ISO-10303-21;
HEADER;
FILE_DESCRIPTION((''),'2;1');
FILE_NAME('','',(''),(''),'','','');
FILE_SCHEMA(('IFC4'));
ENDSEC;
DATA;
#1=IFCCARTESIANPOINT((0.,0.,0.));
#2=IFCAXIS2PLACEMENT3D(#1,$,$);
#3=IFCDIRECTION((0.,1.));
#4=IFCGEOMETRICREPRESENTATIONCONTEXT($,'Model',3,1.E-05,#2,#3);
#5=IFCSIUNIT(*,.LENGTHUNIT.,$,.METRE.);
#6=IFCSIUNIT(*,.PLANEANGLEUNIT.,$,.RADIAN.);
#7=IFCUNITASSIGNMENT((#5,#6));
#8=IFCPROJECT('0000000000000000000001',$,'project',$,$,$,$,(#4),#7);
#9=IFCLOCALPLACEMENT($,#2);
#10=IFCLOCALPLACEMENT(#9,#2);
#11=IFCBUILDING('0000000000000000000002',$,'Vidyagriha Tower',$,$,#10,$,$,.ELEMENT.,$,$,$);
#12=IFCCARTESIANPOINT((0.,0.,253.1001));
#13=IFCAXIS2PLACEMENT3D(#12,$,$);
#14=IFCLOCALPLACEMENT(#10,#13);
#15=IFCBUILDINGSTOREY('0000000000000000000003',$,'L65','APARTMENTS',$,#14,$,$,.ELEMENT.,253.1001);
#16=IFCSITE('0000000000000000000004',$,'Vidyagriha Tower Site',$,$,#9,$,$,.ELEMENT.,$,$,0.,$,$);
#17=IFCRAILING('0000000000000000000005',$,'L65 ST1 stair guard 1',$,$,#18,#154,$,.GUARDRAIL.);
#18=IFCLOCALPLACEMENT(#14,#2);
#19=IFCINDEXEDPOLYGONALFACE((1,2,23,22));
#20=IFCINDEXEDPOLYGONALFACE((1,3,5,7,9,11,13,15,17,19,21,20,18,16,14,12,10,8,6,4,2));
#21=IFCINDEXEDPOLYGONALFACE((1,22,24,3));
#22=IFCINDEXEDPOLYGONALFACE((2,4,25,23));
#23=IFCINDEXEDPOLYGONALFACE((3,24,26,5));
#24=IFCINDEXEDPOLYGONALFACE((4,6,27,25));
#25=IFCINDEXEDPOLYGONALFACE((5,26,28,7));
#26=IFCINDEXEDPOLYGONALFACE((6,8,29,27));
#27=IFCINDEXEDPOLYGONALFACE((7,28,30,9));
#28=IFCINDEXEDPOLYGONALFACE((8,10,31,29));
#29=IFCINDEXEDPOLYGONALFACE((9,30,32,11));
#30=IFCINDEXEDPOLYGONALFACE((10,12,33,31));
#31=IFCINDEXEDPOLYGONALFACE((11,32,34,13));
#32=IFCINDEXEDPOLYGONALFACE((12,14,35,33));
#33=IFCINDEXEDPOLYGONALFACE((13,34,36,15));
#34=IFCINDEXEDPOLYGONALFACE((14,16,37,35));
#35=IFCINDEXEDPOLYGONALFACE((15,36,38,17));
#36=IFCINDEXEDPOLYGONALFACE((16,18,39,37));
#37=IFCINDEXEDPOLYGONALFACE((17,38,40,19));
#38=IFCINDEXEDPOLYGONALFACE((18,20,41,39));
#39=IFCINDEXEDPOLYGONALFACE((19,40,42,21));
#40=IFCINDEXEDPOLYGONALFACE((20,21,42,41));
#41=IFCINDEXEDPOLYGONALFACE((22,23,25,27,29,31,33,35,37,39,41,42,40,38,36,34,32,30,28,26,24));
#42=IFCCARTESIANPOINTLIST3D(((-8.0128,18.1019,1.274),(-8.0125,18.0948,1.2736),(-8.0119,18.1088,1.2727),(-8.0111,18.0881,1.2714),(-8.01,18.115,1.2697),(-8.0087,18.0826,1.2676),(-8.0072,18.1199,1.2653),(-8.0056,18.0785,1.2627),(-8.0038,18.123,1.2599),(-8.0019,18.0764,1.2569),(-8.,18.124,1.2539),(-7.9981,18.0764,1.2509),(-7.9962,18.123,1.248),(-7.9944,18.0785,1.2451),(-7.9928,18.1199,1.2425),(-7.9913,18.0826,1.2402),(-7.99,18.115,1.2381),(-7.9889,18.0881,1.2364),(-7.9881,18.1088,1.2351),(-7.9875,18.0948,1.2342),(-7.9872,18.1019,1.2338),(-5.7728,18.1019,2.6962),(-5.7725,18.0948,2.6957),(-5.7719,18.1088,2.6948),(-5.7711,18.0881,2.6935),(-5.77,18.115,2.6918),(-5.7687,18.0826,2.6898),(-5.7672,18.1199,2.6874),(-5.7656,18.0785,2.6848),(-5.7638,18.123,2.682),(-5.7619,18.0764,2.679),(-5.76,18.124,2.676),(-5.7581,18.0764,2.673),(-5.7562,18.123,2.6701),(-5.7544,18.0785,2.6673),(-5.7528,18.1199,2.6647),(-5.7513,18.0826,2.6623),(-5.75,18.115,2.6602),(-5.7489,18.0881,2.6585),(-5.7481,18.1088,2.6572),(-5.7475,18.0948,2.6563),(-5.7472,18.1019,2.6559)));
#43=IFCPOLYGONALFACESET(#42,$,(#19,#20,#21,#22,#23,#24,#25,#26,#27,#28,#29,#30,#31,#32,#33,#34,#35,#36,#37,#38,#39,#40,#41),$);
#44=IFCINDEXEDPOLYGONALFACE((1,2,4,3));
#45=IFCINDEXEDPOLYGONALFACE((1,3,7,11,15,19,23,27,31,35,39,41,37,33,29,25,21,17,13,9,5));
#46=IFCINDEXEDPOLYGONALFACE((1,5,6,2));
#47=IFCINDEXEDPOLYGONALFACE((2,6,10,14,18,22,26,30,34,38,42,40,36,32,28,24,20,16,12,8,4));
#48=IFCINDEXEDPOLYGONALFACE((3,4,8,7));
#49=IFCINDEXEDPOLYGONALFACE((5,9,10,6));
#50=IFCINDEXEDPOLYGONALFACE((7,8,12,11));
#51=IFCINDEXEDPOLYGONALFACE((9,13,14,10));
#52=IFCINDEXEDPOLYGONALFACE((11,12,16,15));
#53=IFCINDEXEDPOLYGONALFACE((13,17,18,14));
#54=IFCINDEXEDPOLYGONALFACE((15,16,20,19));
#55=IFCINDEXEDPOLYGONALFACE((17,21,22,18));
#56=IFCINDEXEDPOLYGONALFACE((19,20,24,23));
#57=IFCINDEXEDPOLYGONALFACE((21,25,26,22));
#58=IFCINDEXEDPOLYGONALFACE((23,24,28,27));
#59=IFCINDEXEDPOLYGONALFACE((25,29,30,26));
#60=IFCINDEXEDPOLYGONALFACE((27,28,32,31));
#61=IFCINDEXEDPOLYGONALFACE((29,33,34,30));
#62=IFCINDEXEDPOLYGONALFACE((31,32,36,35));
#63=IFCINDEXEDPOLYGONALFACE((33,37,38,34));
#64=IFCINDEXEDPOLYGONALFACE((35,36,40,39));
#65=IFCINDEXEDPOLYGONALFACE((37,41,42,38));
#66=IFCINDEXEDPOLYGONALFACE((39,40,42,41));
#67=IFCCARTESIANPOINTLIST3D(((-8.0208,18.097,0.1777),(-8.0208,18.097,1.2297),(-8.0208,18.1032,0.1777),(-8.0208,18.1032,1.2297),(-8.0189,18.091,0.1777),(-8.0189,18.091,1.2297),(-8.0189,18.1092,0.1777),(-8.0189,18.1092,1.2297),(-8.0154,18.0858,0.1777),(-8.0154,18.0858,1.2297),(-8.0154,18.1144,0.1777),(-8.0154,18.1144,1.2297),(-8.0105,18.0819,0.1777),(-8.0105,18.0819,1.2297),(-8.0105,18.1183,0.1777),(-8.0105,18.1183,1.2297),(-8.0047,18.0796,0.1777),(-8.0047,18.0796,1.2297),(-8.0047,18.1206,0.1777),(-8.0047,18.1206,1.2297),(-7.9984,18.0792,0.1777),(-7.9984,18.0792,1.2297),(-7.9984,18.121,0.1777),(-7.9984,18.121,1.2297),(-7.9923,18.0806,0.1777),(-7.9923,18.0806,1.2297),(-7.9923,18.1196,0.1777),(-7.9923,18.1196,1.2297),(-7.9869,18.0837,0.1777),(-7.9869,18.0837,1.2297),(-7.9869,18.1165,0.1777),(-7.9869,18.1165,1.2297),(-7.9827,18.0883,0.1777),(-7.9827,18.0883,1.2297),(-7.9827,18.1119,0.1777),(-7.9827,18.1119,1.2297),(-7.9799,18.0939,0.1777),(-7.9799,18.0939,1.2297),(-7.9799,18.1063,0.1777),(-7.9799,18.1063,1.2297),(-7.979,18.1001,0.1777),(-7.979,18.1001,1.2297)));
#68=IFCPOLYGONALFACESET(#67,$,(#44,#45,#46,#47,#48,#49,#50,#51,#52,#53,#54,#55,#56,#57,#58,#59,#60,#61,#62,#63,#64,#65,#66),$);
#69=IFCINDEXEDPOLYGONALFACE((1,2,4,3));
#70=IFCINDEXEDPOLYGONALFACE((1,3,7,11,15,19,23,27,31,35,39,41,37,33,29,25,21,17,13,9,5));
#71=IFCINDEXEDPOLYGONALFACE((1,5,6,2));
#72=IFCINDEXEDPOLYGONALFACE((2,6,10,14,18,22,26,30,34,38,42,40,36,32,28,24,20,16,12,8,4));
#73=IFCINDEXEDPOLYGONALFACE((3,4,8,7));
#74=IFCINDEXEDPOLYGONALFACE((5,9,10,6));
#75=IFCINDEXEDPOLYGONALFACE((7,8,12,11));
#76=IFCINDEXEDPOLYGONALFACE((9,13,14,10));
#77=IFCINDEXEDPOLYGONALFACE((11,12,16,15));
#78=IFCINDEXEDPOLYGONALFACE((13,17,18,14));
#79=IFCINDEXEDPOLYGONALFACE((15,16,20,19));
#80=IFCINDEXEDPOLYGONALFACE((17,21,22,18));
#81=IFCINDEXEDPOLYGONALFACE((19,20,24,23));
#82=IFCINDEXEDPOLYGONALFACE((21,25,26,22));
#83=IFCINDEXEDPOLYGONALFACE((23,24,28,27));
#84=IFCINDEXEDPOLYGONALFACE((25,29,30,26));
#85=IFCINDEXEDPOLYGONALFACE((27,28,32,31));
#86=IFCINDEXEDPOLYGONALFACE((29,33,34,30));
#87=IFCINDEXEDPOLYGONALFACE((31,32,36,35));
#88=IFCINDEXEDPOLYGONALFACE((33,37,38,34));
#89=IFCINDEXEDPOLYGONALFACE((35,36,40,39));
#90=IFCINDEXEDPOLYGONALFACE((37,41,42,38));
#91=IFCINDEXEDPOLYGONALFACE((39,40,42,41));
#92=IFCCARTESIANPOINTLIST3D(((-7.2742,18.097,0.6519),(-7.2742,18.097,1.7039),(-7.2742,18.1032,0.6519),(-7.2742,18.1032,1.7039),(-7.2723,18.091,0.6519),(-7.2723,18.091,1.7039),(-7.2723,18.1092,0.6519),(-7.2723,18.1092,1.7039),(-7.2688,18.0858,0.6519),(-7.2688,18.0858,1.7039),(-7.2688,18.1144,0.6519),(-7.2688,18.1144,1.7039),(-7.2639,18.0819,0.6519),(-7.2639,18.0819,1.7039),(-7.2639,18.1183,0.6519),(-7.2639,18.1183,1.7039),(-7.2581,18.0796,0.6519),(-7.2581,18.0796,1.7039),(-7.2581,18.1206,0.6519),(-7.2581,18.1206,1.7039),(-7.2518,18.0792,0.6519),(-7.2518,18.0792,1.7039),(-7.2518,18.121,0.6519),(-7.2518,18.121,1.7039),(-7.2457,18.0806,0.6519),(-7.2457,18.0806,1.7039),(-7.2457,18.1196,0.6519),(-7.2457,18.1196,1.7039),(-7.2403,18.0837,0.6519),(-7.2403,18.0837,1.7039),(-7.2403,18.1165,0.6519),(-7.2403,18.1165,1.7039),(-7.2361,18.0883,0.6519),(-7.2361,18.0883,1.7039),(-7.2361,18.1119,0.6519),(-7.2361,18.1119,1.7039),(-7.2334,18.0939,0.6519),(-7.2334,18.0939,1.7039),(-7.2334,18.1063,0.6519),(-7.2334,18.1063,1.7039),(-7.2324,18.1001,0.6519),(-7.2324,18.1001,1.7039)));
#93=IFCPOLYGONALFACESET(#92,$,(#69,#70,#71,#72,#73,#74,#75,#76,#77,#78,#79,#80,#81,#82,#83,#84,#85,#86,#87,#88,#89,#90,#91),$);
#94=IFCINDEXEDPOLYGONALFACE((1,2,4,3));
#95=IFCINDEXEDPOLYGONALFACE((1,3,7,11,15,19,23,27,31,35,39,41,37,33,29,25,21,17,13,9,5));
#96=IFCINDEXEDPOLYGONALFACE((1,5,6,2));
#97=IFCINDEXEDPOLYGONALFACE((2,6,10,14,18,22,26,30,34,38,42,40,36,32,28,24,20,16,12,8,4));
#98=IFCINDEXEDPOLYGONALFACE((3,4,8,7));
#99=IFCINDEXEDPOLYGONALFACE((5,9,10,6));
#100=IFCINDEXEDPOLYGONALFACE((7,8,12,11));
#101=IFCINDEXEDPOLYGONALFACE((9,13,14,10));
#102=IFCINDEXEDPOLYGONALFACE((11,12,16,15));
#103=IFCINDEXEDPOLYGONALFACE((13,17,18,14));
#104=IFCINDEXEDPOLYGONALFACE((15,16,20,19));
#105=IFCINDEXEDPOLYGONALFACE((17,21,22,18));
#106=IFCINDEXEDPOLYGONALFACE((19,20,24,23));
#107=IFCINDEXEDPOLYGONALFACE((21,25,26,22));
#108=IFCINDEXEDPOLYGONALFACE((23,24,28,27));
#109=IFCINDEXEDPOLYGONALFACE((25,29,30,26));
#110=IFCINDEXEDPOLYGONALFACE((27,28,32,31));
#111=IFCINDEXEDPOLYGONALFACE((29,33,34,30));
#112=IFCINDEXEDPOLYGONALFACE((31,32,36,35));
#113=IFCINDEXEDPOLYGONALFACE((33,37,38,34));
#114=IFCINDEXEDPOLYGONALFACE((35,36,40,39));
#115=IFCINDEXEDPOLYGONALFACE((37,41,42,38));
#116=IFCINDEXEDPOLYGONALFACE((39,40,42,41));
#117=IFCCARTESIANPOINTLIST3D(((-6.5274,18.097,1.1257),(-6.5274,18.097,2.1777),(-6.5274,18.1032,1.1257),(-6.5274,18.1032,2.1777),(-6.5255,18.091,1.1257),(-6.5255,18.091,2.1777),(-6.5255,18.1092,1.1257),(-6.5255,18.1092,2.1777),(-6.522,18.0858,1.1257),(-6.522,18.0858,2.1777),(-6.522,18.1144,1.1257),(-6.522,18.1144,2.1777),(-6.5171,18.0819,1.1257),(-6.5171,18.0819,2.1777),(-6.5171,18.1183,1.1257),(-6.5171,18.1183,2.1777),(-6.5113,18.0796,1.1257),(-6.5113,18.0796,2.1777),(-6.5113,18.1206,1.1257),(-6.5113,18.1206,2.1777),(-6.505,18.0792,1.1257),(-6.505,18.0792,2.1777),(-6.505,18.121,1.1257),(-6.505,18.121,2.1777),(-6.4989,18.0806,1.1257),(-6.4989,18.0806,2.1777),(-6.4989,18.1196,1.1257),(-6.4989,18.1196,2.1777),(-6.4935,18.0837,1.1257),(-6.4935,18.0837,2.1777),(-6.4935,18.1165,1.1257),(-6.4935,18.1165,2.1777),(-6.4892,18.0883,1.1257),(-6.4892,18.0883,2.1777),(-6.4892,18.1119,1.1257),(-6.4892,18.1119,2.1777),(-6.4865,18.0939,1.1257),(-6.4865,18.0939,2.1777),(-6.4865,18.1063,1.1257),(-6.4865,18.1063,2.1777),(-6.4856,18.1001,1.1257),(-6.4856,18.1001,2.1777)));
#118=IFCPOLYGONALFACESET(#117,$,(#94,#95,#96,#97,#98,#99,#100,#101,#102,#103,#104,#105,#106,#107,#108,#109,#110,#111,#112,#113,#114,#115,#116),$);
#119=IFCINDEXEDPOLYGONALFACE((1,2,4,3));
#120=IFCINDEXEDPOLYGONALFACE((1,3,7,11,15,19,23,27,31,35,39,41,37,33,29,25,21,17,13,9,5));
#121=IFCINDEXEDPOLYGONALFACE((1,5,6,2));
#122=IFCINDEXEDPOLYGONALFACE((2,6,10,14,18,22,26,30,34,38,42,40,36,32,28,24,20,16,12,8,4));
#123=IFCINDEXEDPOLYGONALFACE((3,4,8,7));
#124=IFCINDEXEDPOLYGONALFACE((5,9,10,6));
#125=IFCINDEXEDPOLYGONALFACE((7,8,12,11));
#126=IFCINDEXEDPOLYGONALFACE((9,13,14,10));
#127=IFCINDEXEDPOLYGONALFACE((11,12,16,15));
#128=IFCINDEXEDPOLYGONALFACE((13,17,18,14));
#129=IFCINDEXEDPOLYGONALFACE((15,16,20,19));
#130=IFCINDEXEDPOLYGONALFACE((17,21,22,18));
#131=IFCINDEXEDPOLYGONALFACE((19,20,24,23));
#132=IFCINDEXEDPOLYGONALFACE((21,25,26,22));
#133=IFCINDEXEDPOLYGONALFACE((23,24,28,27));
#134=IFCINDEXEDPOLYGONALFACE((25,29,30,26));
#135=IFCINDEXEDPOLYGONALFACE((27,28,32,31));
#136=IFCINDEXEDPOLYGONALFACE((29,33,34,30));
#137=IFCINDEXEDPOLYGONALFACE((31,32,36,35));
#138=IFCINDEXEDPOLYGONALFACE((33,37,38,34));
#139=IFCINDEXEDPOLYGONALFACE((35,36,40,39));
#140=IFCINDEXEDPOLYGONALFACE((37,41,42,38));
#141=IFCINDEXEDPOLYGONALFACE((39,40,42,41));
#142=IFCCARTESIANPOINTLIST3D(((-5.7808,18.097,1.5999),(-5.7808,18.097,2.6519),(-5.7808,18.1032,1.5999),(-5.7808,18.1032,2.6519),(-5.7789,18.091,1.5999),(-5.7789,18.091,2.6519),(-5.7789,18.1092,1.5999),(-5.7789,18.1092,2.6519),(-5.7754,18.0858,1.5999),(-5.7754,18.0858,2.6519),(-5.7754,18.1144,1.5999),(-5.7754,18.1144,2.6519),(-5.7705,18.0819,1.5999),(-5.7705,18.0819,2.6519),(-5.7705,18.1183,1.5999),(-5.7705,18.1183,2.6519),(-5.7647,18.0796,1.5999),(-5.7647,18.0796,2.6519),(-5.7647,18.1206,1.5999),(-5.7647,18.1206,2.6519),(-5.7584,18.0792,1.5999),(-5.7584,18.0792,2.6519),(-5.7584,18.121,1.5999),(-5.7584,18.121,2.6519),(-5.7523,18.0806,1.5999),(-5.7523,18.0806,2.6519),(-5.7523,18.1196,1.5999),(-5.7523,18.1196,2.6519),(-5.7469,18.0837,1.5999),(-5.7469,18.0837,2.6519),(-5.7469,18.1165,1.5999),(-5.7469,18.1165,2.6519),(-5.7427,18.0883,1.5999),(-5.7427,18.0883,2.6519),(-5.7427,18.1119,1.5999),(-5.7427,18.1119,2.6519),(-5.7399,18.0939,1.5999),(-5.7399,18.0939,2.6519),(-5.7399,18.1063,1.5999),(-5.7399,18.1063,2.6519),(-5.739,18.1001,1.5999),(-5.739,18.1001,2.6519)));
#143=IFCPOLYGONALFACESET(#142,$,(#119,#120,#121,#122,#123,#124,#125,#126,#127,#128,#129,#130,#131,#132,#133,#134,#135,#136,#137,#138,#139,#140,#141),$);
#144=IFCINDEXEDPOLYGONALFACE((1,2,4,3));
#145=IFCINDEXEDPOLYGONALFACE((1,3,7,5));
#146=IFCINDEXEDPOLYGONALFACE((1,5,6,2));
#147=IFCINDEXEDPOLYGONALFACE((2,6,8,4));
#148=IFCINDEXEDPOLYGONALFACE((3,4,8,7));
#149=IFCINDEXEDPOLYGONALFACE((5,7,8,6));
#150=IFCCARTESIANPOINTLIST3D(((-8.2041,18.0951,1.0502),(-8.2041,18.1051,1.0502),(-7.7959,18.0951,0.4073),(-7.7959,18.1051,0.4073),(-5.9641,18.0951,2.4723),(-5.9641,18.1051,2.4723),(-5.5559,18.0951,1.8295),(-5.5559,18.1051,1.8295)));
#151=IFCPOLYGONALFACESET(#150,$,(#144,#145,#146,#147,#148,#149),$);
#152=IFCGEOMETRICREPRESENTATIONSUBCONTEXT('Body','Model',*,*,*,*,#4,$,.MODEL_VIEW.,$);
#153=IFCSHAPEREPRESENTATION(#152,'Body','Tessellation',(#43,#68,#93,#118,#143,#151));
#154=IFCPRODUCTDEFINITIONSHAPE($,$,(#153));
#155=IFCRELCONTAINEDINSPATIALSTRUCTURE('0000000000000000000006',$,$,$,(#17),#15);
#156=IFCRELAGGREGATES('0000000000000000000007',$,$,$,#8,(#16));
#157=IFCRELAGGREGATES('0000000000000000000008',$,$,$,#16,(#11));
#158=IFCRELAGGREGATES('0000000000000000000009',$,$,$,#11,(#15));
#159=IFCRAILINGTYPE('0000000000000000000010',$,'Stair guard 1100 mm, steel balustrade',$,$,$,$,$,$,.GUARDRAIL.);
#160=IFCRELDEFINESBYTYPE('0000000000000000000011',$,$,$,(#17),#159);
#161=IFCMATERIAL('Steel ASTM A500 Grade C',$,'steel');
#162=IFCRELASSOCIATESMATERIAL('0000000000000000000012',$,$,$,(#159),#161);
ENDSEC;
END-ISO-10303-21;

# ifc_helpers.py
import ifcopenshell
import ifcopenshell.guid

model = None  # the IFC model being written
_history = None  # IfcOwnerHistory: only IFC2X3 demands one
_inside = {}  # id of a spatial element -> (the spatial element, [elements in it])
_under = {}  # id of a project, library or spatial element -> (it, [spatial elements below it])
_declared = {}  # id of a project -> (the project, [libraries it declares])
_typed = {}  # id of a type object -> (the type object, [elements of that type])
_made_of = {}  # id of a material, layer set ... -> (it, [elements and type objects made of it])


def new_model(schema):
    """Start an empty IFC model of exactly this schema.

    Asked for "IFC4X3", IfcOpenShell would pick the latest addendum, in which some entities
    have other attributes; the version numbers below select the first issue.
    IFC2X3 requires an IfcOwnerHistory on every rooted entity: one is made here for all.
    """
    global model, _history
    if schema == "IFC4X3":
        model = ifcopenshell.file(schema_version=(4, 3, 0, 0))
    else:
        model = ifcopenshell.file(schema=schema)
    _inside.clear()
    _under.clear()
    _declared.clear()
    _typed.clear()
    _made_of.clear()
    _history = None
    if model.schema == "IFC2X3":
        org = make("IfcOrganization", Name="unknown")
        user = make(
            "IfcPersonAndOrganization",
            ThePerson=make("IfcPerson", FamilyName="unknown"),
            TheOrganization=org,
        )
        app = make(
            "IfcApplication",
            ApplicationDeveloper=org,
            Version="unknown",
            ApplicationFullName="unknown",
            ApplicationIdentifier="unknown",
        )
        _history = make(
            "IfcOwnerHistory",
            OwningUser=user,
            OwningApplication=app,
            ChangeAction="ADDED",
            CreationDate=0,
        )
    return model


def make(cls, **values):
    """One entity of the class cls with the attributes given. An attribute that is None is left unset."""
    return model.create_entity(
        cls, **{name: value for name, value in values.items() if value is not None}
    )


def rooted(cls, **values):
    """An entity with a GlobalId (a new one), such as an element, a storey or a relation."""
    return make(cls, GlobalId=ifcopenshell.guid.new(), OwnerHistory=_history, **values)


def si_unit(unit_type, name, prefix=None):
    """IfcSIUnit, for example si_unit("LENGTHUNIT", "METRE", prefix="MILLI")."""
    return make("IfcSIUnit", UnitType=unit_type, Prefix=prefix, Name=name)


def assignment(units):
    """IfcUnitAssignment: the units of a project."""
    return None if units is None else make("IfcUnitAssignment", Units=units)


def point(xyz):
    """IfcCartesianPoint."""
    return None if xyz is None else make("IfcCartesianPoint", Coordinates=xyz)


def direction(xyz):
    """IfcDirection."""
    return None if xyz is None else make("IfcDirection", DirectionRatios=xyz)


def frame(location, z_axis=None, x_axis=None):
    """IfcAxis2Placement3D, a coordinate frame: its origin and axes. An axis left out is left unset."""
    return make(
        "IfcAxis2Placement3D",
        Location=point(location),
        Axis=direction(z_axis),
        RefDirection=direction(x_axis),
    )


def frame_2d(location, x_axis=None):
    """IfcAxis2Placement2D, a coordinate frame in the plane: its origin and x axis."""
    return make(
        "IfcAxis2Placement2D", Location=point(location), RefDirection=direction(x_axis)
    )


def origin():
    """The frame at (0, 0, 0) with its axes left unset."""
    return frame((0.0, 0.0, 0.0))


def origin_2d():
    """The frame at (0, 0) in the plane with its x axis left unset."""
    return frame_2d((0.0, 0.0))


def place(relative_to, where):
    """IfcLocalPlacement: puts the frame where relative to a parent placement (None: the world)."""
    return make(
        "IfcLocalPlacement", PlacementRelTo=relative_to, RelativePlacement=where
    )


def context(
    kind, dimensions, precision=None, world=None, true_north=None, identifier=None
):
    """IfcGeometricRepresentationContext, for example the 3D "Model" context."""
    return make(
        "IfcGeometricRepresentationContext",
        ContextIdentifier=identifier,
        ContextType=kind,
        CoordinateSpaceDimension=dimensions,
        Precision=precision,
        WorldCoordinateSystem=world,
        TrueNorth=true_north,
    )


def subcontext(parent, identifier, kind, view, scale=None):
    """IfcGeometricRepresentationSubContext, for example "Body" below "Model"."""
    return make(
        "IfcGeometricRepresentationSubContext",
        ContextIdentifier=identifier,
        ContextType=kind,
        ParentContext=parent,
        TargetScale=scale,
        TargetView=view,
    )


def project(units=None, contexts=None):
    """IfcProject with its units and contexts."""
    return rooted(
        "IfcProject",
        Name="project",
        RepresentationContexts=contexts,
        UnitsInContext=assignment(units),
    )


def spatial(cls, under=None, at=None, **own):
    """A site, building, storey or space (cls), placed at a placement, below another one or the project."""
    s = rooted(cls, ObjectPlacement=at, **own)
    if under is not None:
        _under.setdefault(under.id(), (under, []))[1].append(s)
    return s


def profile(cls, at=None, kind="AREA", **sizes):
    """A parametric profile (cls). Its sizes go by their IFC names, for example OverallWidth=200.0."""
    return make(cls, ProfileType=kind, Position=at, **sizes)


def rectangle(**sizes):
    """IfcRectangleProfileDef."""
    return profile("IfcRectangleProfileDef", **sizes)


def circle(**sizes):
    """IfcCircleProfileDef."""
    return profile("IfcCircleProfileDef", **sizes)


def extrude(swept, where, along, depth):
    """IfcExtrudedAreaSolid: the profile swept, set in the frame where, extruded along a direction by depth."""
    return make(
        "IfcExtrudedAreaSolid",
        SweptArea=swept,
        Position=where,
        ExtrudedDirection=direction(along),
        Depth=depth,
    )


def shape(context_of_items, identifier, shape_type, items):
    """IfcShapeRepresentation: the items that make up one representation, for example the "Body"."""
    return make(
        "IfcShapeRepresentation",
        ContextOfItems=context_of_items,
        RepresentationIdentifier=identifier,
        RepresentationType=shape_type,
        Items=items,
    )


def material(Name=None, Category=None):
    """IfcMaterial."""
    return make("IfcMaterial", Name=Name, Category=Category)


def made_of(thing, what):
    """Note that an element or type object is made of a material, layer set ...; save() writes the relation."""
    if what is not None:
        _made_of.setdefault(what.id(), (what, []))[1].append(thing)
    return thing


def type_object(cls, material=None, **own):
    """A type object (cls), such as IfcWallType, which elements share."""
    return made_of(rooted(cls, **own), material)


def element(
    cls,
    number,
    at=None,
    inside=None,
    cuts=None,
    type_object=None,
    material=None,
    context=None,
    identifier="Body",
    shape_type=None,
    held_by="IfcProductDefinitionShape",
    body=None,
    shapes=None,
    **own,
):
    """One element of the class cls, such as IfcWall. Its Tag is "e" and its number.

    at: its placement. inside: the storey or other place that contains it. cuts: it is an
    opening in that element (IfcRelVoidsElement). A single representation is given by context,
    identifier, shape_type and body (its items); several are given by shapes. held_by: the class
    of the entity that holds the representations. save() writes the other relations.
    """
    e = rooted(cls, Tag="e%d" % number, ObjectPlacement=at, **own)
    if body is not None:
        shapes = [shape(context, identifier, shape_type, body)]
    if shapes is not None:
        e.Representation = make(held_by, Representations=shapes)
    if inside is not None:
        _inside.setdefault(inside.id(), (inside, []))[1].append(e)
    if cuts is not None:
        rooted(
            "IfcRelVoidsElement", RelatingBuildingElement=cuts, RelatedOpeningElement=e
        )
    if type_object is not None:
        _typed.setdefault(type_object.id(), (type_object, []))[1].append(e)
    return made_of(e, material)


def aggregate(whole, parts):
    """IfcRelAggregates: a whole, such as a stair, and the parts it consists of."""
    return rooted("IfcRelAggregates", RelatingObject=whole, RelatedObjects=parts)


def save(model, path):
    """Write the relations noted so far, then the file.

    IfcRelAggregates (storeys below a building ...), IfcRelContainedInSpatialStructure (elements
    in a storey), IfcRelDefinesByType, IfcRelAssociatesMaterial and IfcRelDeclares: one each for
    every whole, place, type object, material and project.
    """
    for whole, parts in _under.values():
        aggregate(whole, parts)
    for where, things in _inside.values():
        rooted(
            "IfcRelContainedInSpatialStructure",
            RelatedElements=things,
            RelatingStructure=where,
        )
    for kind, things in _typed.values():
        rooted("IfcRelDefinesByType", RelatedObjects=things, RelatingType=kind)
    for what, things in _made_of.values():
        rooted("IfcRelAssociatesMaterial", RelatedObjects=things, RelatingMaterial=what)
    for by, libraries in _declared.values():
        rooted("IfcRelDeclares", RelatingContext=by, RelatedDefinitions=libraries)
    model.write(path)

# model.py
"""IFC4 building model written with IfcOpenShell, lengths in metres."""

from ifc_helpers import new_model, si_unit, direction, frame, origin, origin_2d, place, context, subcontext, project, spatial, rectangle, circle, extrude, material, type_object, element, save


model = new_model("IFC4")

# Units and contexts
model_context = context("Model", 3, precision=1e-05, world=origin(), true_north=direction((0.0, 1.0)))
body_context = subcontext(model_context, "Body", "Model", "MODEL_VIEW")
ifc_project = project(units=[si_unit("LENGTHUNIT", "METRE"), si_unit("PLANEANGLEUNIT", "RADIAN")], contexts=[model_context])

# Site, building, storey
site_placement = place(None, origin())
site = spatial("IfcSite", under=ifc_project, at=site_placement, Name="Vidyagriha Tower Site", CompositionType="ELEMENT", RefElevation=0.0)
building_placement = place(site_placement, origin())
building = spatial("IfcBuilding", under=site, at=building_placement, Name="Vidyagriha Tower", CompositionType="ELEMENT")
storey_placement = place(building_placement, frame((0.0, 0.0, 253.1001)))
storey = spatial("IfcBuildingStorey", under=building, at=storey_placement, Name="L65", Description="APARTMENTS", CompositionType="ELEMENT", Elevation=253.1001)

# Railing
ifc_material_1 = material(Name="Steel ASTM A500 Grade C", Category="steel")
railing_type_1 = type_object("IfcRailingType", Name="Stair guard 1100 mm, steel balustrade", PredefinedType="GUARDRAIL", material=ifc_material_1)
railing_1_placement = place(storey_placement, frame((-8.0, 18.1001, 0.1777)))
element("IfcRailing", 1, at=railing_1_placement, inside=storey, type_object=railing_type_1, Name="L65 ST1 stair guard 1", PredefinedType="GUARDRAIL", context=body_context, shape_type="SweptSolid", body=[
    extrude(circle(Radius=0.0239, at=origin_2d()), frame((0.0, 0.0, 1.0762), z_axis=(0.844229, 0.0, 0.535982), x_axis=(0.0, 1.0, 0.0)), (0.0, 0.0, 1.0), 2.6533),
    extrude(circle(Radius=0.021, at=origin_2d()), origin(), (0.0, 0.0, 1.0), 1.052),
    extrude(circle(Radius=0.021, at=origin_2d()), frame((0.7466, 0.0, 0.4741)), (0.0, 0.0, 1.0), 1.052),
    extrude(circle(Radius=0.021, at=origin_2d()), frame((1.4934, 0.0, 0.948)), (0.0, 0.0, 1.0), 1.052),
    extrude(circle(Radius=0.021, at=origin_2d()), frame((2.24, 0.0, 1.4221)), (0.0, 0.0, 1.0), 1.052),
    extrude(rectangle(XDim=0.01, YDim=0.7615, at=origin_2d()), frame((0.0, 0.0, 0.551), z_axis=(0.844229, 0.0, 0.535982), x_axis=(0.0, 1.0, 0.0)), (0.0, 0.0, 1.0), 2.6533),
])

save(model, "model.ifc")
